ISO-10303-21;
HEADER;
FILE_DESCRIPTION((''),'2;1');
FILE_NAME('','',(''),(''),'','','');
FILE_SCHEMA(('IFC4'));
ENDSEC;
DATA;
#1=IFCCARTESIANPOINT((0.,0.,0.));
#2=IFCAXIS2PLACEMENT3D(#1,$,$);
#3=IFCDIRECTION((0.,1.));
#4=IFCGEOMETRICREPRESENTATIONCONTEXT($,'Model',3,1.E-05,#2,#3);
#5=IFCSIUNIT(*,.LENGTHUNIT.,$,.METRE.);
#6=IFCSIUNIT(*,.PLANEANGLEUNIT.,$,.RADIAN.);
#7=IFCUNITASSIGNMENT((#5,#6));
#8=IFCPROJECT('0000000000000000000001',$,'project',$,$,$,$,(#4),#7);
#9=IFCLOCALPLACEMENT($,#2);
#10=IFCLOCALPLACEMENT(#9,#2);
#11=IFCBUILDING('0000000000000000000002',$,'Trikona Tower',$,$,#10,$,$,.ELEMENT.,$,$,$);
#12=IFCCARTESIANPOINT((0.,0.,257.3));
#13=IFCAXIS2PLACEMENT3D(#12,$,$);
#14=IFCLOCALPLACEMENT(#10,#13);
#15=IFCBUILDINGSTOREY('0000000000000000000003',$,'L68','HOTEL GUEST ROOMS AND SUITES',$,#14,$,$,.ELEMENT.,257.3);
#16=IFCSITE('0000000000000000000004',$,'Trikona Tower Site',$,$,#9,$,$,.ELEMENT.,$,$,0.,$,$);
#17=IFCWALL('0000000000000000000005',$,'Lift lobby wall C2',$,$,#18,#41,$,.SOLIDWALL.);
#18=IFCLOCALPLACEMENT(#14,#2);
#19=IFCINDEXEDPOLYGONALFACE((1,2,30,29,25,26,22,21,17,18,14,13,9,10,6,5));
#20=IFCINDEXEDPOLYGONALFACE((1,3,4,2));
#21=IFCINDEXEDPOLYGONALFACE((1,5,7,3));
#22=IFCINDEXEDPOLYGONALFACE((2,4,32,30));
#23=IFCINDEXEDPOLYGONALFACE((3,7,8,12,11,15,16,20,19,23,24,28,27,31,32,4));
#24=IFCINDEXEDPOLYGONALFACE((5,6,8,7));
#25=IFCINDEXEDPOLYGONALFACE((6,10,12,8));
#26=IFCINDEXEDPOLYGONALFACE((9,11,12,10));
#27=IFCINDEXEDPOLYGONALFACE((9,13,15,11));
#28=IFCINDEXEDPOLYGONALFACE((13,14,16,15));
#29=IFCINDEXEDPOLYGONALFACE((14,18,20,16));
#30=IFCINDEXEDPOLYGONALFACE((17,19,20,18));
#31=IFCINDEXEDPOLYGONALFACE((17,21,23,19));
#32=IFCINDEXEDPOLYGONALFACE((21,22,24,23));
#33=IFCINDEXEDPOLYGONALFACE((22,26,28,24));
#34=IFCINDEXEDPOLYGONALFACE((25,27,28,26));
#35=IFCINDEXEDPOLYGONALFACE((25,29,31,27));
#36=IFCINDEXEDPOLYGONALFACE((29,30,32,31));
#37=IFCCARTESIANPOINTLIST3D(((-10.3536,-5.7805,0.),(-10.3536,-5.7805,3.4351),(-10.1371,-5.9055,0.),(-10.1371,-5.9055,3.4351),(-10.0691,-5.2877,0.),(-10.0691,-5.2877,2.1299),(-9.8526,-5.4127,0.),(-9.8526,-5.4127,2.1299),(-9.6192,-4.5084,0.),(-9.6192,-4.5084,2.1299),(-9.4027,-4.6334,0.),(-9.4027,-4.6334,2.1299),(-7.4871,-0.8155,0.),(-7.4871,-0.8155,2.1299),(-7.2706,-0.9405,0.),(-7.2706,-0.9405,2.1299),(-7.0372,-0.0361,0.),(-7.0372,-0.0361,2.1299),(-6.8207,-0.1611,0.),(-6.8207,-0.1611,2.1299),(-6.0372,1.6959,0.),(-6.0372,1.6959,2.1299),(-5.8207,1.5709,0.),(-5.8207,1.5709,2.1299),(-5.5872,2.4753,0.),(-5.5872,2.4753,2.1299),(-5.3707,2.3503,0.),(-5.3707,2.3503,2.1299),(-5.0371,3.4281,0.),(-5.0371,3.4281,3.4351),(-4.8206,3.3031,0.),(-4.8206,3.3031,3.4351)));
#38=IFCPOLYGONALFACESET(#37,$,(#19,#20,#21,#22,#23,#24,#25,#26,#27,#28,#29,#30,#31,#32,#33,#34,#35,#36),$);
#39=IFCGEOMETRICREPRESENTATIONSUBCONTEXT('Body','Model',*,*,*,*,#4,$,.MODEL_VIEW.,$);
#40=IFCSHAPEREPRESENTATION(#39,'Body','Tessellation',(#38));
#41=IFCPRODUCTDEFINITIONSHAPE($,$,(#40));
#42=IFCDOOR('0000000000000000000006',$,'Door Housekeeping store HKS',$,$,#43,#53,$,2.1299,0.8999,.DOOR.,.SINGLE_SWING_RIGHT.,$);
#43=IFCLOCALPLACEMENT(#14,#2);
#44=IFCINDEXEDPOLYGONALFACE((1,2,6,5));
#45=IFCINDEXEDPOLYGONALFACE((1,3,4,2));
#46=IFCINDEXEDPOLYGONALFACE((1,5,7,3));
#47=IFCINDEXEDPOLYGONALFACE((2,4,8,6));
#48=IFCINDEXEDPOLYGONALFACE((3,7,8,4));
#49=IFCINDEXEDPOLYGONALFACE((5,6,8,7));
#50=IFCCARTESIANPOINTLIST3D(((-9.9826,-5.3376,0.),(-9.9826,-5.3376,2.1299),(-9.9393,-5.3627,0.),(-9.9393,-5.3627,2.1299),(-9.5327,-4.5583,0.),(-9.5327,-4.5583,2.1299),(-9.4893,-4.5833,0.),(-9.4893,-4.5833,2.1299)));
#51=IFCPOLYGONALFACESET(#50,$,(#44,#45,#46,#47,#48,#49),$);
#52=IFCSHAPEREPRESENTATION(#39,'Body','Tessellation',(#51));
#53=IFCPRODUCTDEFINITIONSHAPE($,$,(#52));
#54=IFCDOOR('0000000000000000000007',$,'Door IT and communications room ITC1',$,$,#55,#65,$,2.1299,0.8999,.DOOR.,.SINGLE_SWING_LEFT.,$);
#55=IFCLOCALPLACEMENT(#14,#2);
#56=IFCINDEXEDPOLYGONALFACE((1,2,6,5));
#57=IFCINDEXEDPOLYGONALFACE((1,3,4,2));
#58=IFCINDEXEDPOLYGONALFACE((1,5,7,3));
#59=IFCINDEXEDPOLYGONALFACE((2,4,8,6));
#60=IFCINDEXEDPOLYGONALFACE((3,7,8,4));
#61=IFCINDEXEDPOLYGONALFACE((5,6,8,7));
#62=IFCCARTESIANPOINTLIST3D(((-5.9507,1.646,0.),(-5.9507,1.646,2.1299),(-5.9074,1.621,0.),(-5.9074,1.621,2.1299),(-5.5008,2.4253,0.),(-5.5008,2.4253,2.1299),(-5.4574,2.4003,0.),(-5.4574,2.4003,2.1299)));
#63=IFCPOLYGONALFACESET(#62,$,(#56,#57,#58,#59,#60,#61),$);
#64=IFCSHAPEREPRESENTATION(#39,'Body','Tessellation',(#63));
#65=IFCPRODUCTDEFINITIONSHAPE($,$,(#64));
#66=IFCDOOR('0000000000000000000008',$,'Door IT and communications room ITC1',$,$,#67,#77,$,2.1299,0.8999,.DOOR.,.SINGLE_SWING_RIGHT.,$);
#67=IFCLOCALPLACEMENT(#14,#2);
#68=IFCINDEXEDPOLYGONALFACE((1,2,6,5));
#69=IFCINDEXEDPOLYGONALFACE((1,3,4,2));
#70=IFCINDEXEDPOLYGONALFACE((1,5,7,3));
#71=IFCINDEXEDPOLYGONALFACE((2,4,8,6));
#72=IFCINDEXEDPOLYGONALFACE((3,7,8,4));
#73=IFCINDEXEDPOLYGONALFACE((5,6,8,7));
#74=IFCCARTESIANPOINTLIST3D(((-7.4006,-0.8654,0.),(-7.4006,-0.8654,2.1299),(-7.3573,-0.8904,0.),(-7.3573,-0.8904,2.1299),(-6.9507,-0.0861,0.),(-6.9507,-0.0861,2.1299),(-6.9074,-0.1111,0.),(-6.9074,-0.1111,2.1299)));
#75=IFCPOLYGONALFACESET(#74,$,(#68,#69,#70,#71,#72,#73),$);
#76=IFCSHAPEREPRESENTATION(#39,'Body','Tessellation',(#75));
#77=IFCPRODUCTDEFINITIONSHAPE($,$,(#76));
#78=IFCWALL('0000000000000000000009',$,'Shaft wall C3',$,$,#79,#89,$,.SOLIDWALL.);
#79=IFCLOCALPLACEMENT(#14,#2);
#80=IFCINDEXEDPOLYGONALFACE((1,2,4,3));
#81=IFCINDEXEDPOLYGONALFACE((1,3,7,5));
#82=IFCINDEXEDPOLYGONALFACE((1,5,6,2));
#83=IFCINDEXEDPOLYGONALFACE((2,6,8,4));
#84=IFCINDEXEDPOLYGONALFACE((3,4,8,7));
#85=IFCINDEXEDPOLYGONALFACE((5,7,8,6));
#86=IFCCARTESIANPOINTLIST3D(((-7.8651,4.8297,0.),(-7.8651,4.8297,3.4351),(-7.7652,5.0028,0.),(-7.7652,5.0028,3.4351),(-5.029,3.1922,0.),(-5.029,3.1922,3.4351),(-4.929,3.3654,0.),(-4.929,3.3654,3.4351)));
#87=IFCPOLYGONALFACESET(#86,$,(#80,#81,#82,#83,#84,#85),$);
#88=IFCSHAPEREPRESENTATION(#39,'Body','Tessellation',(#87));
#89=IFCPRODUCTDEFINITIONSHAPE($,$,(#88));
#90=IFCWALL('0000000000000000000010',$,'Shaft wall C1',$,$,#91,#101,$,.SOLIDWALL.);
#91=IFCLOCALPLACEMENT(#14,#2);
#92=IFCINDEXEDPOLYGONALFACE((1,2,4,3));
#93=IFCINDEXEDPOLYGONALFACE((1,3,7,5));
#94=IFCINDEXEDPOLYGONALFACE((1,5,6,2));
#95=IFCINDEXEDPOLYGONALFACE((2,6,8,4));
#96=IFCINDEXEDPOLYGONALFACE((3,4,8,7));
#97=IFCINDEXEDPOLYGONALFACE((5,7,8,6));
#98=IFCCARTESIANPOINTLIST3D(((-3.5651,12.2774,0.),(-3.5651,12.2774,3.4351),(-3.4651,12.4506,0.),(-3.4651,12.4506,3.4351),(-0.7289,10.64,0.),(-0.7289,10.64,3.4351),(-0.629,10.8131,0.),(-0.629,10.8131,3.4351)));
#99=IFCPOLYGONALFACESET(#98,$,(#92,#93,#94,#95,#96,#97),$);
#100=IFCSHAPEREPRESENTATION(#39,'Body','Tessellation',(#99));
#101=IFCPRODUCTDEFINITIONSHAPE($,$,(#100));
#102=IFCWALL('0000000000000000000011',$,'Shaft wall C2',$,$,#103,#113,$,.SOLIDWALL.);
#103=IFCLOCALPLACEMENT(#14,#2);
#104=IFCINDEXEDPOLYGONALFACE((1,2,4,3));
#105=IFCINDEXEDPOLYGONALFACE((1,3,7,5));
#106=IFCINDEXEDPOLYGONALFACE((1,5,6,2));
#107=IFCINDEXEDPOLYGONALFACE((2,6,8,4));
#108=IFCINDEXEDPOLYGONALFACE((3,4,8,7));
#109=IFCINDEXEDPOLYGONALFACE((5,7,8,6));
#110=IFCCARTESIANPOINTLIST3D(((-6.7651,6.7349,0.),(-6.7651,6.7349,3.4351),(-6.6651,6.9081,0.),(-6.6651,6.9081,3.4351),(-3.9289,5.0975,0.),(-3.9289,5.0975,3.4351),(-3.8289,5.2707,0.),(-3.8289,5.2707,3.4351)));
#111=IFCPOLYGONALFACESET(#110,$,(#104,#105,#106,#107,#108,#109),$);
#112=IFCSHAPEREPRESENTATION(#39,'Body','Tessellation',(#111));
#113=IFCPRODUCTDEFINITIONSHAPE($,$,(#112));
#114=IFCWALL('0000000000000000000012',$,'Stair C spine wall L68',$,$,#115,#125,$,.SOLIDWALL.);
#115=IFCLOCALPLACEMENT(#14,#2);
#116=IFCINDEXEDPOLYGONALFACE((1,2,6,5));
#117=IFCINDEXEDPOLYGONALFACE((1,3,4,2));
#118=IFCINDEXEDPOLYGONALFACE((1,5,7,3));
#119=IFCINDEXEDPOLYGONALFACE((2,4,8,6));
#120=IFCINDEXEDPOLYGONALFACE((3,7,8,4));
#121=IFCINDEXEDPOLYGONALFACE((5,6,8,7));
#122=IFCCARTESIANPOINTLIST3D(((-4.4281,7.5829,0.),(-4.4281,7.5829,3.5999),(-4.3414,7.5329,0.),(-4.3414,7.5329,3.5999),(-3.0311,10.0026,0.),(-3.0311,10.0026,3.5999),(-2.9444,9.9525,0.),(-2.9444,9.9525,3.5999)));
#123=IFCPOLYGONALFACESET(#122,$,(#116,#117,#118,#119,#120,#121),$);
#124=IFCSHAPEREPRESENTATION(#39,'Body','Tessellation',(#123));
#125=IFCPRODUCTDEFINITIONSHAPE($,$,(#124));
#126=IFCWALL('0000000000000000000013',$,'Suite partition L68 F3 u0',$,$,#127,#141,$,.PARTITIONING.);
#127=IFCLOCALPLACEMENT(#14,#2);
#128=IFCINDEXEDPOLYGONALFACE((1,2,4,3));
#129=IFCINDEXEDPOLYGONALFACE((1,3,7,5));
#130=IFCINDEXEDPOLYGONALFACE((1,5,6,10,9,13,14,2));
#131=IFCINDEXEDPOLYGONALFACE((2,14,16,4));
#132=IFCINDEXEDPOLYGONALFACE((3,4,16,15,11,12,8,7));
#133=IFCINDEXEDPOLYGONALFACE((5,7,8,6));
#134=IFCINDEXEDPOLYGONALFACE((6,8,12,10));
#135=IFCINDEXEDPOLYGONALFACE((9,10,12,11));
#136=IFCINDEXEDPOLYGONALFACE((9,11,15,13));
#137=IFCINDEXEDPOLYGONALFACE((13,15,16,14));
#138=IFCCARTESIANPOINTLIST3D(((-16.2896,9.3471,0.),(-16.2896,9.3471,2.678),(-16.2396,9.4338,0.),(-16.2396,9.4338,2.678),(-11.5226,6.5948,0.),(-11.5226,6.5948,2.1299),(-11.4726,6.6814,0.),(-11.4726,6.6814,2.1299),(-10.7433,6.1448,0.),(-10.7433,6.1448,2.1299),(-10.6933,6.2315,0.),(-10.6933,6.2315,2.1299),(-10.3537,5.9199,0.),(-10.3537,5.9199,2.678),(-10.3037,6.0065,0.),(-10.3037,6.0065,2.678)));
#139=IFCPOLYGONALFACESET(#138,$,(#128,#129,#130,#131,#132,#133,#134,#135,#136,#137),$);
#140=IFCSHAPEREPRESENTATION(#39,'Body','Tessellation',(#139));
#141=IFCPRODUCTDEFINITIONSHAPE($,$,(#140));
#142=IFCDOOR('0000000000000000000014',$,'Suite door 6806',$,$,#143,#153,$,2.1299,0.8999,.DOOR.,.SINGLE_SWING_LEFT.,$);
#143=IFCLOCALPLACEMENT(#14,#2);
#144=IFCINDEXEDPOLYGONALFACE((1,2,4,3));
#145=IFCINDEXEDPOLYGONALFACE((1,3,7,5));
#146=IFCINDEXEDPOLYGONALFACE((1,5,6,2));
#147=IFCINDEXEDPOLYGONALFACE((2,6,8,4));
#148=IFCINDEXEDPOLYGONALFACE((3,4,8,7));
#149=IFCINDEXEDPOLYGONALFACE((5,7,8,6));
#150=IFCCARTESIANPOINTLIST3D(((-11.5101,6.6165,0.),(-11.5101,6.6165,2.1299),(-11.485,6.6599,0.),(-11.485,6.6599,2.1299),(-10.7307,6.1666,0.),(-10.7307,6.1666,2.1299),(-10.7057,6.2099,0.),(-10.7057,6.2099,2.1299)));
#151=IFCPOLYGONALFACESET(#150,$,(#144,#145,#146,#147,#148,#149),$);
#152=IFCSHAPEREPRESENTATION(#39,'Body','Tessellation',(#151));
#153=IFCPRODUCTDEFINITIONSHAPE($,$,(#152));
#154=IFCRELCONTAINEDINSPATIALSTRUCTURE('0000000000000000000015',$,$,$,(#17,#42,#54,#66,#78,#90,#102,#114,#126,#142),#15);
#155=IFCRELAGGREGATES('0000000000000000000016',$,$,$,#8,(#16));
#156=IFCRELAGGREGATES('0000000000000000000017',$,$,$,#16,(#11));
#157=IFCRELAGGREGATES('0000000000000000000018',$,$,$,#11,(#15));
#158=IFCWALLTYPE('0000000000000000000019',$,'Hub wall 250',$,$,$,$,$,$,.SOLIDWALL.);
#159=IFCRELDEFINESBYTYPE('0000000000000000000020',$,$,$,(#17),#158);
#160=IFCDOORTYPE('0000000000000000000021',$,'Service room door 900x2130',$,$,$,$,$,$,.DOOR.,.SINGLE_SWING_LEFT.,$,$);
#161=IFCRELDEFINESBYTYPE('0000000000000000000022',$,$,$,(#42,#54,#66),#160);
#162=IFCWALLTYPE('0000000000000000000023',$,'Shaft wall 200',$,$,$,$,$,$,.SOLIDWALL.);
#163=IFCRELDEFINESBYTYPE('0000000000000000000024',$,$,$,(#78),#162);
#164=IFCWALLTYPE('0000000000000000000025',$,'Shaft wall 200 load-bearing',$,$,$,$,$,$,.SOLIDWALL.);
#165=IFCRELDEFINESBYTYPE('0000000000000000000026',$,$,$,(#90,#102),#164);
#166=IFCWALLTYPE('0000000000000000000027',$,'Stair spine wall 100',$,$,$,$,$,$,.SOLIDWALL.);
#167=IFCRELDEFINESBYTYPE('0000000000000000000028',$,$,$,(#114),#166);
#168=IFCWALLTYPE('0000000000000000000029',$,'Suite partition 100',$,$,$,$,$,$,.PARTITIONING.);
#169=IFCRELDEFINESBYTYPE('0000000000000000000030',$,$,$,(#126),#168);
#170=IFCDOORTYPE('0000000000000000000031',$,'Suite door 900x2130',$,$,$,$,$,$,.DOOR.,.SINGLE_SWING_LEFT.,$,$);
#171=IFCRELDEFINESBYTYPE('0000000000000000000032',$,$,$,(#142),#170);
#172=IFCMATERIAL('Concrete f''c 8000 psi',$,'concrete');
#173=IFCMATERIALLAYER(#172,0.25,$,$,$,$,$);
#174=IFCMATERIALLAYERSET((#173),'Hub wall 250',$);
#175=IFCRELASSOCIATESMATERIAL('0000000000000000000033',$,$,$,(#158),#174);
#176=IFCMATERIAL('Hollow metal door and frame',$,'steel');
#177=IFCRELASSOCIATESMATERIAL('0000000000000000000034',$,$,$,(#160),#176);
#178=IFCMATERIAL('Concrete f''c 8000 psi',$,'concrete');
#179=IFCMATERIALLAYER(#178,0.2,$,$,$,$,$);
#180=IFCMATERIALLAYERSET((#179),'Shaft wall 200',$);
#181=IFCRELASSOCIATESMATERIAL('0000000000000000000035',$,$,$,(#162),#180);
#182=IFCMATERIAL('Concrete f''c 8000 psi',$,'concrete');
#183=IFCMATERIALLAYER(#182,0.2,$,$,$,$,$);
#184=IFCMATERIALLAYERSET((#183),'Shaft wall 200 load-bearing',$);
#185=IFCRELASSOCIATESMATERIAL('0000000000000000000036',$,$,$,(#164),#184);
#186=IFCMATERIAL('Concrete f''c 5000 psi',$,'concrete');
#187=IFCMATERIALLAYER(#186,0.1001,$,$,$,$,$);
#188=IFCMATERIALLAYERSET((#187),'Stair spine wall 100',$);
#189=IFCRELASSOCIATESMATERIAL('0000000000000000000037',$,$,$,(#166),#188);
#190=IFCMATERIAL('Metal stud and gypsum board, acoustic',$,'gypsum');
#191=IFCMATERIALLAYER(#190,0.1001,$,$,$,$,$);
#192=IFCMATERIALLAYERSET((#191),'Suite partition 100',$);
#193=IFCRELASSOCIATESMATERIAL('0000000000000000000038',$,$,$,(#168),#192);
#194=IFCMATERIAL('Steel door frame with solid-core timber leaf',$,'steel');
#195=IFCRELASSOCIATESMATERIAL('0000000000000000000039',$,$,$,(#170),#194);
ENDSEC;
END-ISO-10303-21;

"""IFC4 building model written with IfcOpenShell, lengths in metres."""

from ifc_helpers import new_model, si_unit, direction, frame, frame_2d, origin, place, context, subcontext, project, spatial, rectangle, extrude, material, layer, layer_set, type_object, element, fill, save


model = new_model("IFC4")

# Units and contexts
model_context = context("Model", 3, precision=1e-05, world=origin(), true_north=direction((0.0, 1.0)))
body_context = subcontext(model_context, "Body", "Model", "MODEL_VIEW")
ifc_project = project(units=[si_unit("LENGTHUNIT", "METRE"), si_unit("PLANEANGLEUNIT", "RADIAN")], contexts=[model_context])

# Site, building, storey
site_placement = place(None, origin())
site = spatial("IfcSite", under=ifc_project, at=site_placement, Name="Trikona Tower Site", CompositionType="ELEMENT", RefElevation=0.0)
building_placement = place(site_placement, origin())
building = spatial("IfcBuilding", under=site, at=building_placement, Name="Trikona Tower", CompositionType="ELEMENT")
storey_placement = place(building_placement, frame((0.0, 0.0, 257.3)))
storey = spatial("IfcBuildingStorey", under=building, at=storey_placement, Name="L68", Description="HOTEL GUEST ROOMS AND SUITES", CompositionType="ELEMENT", Elevation=257.3)

# Wall, openings, doors
ifc_material_1 = material(Name="Concrete f'c 8000 psi", Category="concrete")
ifc_layer_1 = layer(ifc_material_1, 0.25)
ifc_layer_set_1 = layer_set([ifc_layer_1], Name="Hub wall 250")
wall_type_1 = type_object("IfcWallType", Name="Hub wall 250", PredefinedType="SOLIDWALL", material=ifc_layer_set_1)
wall_1_placement = place(storey_placement, frame((-4.929, 3.3655, 0.0), z_axis=(0.0, 0.0, 1.0), x_axis=(-0.499991, -0.86603, 0.0)))
wall_1 = element("IfcWall", 1, at=wall_1_placement, inside=storey, type_object=wall_type_1, Name="Lift lobby wall C2", PredefinedType="SOLIDWALL", context=body_context, shape_type="SweptSolid", body=[
    extrude(rectangle(XDim=10.6331, YDim=0.25, at=frame_2d((5.3164, 0.0))), origin(), (0.0, 0.0, 1.0), 3.4351),
])
opening_1_placement = place(wall_1_placement, frame((9.1641, 0.0, 0.0)))
opening_1 = element("IfcOpeningElement", 2, at=opening_1_placement, cuts=wall_1, PredefinedType="OPENING", context=body_context, shape_type="SweptSolid", body=[
    extrude(rectangle(XDim=0.8999, YDim=2.1299, at=frame_2d((0.45, 1.0649))), frame((0.0, 0.135, 0.0), z_axis=(0.0, -1.0, 0.0), x_axis=(1.0, 0.0, 0.0)), (0.0, 0.0, 1.0), 0.27),
])
opening_2_placement = place(wall_1_placement, frame((1.1001, 0.0, 0.0)))
opening_2 = element("IfcOpeningElement", 3, at=opening_2_placement, cuts=wall_1, PredefinedType="OPENING", context=body_context, shape_type="SweptSolid", body=[
    extrude(rectangle(XDim=0.8999, YDim=2.1299, at=frame_2d((0.45, 1.0649))), frame((0.0, 0.135, 0.0), z_axis=(0.0, -1.0, 0.0), x_axis=(1.0, 0.0, 0.0)), (0.0, 0.0, 1.0), 0.27),
])
opening_3_placement = place(wall_1_placement, frame((4.0, 0.0, 0.0)))
opening_3 = element("IfcOpeningElement", 4, at=opening_3_placement, cuts=wall_1, PredefinedType="OPENING", context=body_context, shape_type="SweptSolid", body=[
    extrude(rectangle(XDim=0.8999, YDim=2.1299, at=frame_2d((0.45, 1.0649))), frame((0.0, 0.135, 0.0), z_axis=(0.0, -1.0, 0.0), x_axis=(1.0, 0.0, 0.0)), (0.0, 0.0, 1.0), 0.27),
])
ifc_material_2 = material(Name="Hollow metal door and frame", Category="steel")
door_type_1 = type_object("IfcDoorType", Name="Service room door 900x2130", OperationType="SINGLE_SWING_LEFT", PredefinedType="DOOR", material=ifc_material_2)
door_1_placement = place(opening_1_placement, origin())
door_1 = element("IfcDoor", 5, at=door_1_placement, inside=storey, type_object=door_type_1, Name="Door Housekeeping store HKS", OperationType="SINGLE_SWING_RIGHT", OverallHeight=2.1299, OverallWidth=0.8999, PredefinedType="DOOR", context=body_context, shape_type="SweptSolid", body=[
    extrude(rectangle(XDim=0.8999, YDim=2.1299, at=frame_2d((0.45, 1.0649))), frame((0.0, 0.0249, 0.0), z_axis=(0.0, -1.0, 0.0), x_axis=(1.0, 0.0, 0.0)), (0.0, 0.0, 1.0), 0.05),
])
fill(opening_1, door_1)
door_2_placement = place(opening_2_placement, origin())
door_2 = element("IfcDoor", 6, at=door_2_placement, inside=storey, type_object=door_type_1, Name="Door IT and communications room ITC1", OperationType="SINGLE_SWING_LEFT", OverallHeight=2.1299, OverallWidth=0.8999, PredefinedType="DOOR", context=body_context, shape_type="SweptSolid", body=[
    extrude(rectangle(XDim=0.8999, YDim=2.1299, at=frame_2d((0.45, 1.0649))), frame((0.0, 0.0249, 0.0), z_axis=(0.0, -1.0, 0.0), x_axis=(1.0, 0.0, 0.0)), (0.0, 0.0, 1.0), 0.05),
])
fill(opening_2, door_2)
door_3_placement = place(opening_3_placement, origin())
door_3 = element("IfcDoor", 7, at=door_3_placement, inside=storey, type_object=door_type_1, Name="Door IT and communications room ITC1", OperationType="SINGLE_SWING_RIGHT", OverallHeight=2.1299, OverallWidth=0.8999, PredefinedType="DOOR", context=body_context, shape_type="SweptSolid", body=[
    extrude(rectangle(XDim=0.8999, YDim=2.1299, at=frame_2d((0.45, 1.0649))), frame((0.0, 0.0249, 0.0), z_axis=(0.0, -1.0, 0.0), x_axis=(1.0, 0.0, 0.0)), (0.0, 0.0, 1.0), 0.05),
])
fill(opening_3, door_3)

# Walls
ifc_material_3 = material(Name="Concrete f'c 8000 psi", Category="concrete")
ifc_layer_2 = layer(ifc_material_3, 0.2)
ifc_layer_set_2 = layer_set([ifc_layer_2], Name="Shaft wall 200")
wall_type_2 = type_object("IfcWallType", Name="Shaft wall 200", PredefinedType="SOLIDWALL", material=ifc_layer_set_2)
wall_2_placement = place(storey_placement, frame((-4.979, 3.2788, 0.0), z_axis=(0.0, 0.0, 1.0), x_axis=(-0.866028, 0.499996, 0.0)))
element("IfcWall", 8, at=wall_2_placement, inside=storey, type_object=wall_type_2, Name="Shaft wall C3", PredefinedType="SOLIDWALL", context=body_context, shape_type="SweptSolid", body=[
    extrude(rectangle(XDim=3.2749, YDim=0.2, at=frame_2d((1.6375, 0.0))), origin(), (0.0, 0.0, 1.0), 3.4351),
])
ifc_material_4 = material(Name="Concrete f'c 8000 psi", Category="concrete")
ifc_layer_3 = layer(ifc_material_4, 0.2)
ifc_layer_set_3 = layer_set([ifc_layer_3], Name="Shaft wall 200 load-bearing")
wall_type_3 = type_object("IfcWallType", Name="Shaft wall 200 load-bearing", PredefinedType="SOLIDWALL", material=ifc_layer_set_3)
for number, where, z_axis, x_axis, name in (
    (9, (-0.679, 10.7266, 0.0), (0.0, 0.0, 1.0), (-0.866028, 0.499996, 0.0), "Shaft wall C1"),
    (10, (-3.8789, 5.1841, 0.0), (0.0, 0.0, 1.0), (-0.866028, 0.499996, 0.0), "Shaft wall C2"),
):
    element("IfcWall", number, at=place(storey_placement, frame(where, z_axis=z_axis, x_axis=x_axis)), inside=storey, type_object=wall_type_3, Name=name, PredefinedType="SOLIDWALL", context=body_context, shape_type="SweptSolid", body=[
        extrude(rectangle(XDim=3.2749, YDim=0.2, at=frame_2d((1.6375, 0.0))), origin(), (0.0, 0.0, 1.0), 3.4351),
    ])
ifc_material_5 = material(Name="Concrete f'c 5000 psi", Category="concrete")
ifc_layer_4 = layer(ifc_material_5, 0.1001)
ifc_layer_set_4 = layer_set([ifc_layer_4], Name="Stair spine wall 100")
wall_type_4 = type_object("IfcWallType", Name="Stair spine wall 100", PredefinedType="SOLIDWALL", material=ifc_layer_set_4)
wall_3_placement = place(storey_placement, frame((-2.9878, 9.9775, 0.0), z_axis=(0.0, 0.0, 1.0), x_axis=(-0.499992, -0.86603, 0.0)))
element("IfcWall", 11, at=wall_3_placement, inside=storey, type_object=wall_type_4, Name="Stair C spine wall L68", PredefinedType="SOLIDWALL", context=body_context, shape_type="SweptSolid", body=[
    extrude(rectangle(XDim=2.7939, YDim=0.1001, at=frame_2d((1.397, 0.0))), origin(), (0.0, 0.0, 1.0), 3.5999),
])

# Wall, opening, door
ifc_material_6 = material(Name="Metal stud and gypsum board, acoustic", Category="gypsum")
ifc_layer_5 = layer(ifc_material_6, 0.1001)
ifc_layer_set_5 = layer_set([ifc_layer_5], Name="Suite partition 100")
wall_type_5 = type_object("IfcWallType", Name="Suite partition 100", PredefinedType="PARTITIONING", material=ifc_layer_set_5)
wall_4_placement = place(storey_placement, frame((-10.3286, 5.9631, 0.0), z_axis=(0.0, 0.0, 1.0), x_axis=(-0.866012, 0.500024, 0.0)))
wall_4 = element("IfcWall", 12, at=wall_4_placement, inside=storey, type_object=wall_type_5, Name="Suite partition L68 F3 u0", PredefinedType="PARTITIONING", context=body_context, shape_type="SweptSolid", body=[
    extrude(rectangle(XDim=6.8542, YDim=0.1001, at=frame_2d((3.4272, 0.0))), origin(), (0.0, 0.0, 1.0), 2.678),
])
opening_4_placement = place(wall_4_placement, frame((0.45, 0.0, 0.0)))
opening_4 = element("IfcOpeningElement", 13, at=opening_4_placement, cuts=wall_4, PredefinedType="OPENING", context=body_context, shape_type="SweptSolid", body=[
    extrude(rectangle(XDim=0.8999, YDim=2.1299, at=frame_2d((0.45, 1.0649))), frame((0.0, 0.0601, 0.0), z_axis=(0.0, -1.0, 0.0), x_axis=(1.0, 0.0, 0.0)), (0.0, 0.0, 1.0), 0.1201),
])
ifc_material_7 = material(Name="Steel door frame with solid-core timber leaf", Category="steel")
door_type_2 = type_object("IfcDoorType", Name="Suite door 900x2130", OperationType="SINGLE_SWING_LEFT", PredefinedType="DOOR", material=ifc_material_7)
door_4_placement = place(opening_4_placement, origin())
door_4 = element("IfcDoor", 14, at=door_4_placement, inside=storey, type_object=door_type_2, Name="Suite door 6806", OperationType="SINGLE_SWING_LEFT", OverallHeight=2.1299, OverallWidth=0.8999, PredefinedType="DOOR", context=body_context, shape_type="SweptSolid", body=[
    extrude(rectangle(XDim=0.8999, YDim=2.1299, at=frame_2d((0.45, 1.0649))), frame((0.0, 0.0249, 0.0), z_axis=(0.0, -1.0, 0.0), x_axis=(1.0, 0.0, 0.0)), (0.0, 0.0, 1.0), 0.05),
])
fill(opening_4, door_4)

save(model, "model.ifc")
